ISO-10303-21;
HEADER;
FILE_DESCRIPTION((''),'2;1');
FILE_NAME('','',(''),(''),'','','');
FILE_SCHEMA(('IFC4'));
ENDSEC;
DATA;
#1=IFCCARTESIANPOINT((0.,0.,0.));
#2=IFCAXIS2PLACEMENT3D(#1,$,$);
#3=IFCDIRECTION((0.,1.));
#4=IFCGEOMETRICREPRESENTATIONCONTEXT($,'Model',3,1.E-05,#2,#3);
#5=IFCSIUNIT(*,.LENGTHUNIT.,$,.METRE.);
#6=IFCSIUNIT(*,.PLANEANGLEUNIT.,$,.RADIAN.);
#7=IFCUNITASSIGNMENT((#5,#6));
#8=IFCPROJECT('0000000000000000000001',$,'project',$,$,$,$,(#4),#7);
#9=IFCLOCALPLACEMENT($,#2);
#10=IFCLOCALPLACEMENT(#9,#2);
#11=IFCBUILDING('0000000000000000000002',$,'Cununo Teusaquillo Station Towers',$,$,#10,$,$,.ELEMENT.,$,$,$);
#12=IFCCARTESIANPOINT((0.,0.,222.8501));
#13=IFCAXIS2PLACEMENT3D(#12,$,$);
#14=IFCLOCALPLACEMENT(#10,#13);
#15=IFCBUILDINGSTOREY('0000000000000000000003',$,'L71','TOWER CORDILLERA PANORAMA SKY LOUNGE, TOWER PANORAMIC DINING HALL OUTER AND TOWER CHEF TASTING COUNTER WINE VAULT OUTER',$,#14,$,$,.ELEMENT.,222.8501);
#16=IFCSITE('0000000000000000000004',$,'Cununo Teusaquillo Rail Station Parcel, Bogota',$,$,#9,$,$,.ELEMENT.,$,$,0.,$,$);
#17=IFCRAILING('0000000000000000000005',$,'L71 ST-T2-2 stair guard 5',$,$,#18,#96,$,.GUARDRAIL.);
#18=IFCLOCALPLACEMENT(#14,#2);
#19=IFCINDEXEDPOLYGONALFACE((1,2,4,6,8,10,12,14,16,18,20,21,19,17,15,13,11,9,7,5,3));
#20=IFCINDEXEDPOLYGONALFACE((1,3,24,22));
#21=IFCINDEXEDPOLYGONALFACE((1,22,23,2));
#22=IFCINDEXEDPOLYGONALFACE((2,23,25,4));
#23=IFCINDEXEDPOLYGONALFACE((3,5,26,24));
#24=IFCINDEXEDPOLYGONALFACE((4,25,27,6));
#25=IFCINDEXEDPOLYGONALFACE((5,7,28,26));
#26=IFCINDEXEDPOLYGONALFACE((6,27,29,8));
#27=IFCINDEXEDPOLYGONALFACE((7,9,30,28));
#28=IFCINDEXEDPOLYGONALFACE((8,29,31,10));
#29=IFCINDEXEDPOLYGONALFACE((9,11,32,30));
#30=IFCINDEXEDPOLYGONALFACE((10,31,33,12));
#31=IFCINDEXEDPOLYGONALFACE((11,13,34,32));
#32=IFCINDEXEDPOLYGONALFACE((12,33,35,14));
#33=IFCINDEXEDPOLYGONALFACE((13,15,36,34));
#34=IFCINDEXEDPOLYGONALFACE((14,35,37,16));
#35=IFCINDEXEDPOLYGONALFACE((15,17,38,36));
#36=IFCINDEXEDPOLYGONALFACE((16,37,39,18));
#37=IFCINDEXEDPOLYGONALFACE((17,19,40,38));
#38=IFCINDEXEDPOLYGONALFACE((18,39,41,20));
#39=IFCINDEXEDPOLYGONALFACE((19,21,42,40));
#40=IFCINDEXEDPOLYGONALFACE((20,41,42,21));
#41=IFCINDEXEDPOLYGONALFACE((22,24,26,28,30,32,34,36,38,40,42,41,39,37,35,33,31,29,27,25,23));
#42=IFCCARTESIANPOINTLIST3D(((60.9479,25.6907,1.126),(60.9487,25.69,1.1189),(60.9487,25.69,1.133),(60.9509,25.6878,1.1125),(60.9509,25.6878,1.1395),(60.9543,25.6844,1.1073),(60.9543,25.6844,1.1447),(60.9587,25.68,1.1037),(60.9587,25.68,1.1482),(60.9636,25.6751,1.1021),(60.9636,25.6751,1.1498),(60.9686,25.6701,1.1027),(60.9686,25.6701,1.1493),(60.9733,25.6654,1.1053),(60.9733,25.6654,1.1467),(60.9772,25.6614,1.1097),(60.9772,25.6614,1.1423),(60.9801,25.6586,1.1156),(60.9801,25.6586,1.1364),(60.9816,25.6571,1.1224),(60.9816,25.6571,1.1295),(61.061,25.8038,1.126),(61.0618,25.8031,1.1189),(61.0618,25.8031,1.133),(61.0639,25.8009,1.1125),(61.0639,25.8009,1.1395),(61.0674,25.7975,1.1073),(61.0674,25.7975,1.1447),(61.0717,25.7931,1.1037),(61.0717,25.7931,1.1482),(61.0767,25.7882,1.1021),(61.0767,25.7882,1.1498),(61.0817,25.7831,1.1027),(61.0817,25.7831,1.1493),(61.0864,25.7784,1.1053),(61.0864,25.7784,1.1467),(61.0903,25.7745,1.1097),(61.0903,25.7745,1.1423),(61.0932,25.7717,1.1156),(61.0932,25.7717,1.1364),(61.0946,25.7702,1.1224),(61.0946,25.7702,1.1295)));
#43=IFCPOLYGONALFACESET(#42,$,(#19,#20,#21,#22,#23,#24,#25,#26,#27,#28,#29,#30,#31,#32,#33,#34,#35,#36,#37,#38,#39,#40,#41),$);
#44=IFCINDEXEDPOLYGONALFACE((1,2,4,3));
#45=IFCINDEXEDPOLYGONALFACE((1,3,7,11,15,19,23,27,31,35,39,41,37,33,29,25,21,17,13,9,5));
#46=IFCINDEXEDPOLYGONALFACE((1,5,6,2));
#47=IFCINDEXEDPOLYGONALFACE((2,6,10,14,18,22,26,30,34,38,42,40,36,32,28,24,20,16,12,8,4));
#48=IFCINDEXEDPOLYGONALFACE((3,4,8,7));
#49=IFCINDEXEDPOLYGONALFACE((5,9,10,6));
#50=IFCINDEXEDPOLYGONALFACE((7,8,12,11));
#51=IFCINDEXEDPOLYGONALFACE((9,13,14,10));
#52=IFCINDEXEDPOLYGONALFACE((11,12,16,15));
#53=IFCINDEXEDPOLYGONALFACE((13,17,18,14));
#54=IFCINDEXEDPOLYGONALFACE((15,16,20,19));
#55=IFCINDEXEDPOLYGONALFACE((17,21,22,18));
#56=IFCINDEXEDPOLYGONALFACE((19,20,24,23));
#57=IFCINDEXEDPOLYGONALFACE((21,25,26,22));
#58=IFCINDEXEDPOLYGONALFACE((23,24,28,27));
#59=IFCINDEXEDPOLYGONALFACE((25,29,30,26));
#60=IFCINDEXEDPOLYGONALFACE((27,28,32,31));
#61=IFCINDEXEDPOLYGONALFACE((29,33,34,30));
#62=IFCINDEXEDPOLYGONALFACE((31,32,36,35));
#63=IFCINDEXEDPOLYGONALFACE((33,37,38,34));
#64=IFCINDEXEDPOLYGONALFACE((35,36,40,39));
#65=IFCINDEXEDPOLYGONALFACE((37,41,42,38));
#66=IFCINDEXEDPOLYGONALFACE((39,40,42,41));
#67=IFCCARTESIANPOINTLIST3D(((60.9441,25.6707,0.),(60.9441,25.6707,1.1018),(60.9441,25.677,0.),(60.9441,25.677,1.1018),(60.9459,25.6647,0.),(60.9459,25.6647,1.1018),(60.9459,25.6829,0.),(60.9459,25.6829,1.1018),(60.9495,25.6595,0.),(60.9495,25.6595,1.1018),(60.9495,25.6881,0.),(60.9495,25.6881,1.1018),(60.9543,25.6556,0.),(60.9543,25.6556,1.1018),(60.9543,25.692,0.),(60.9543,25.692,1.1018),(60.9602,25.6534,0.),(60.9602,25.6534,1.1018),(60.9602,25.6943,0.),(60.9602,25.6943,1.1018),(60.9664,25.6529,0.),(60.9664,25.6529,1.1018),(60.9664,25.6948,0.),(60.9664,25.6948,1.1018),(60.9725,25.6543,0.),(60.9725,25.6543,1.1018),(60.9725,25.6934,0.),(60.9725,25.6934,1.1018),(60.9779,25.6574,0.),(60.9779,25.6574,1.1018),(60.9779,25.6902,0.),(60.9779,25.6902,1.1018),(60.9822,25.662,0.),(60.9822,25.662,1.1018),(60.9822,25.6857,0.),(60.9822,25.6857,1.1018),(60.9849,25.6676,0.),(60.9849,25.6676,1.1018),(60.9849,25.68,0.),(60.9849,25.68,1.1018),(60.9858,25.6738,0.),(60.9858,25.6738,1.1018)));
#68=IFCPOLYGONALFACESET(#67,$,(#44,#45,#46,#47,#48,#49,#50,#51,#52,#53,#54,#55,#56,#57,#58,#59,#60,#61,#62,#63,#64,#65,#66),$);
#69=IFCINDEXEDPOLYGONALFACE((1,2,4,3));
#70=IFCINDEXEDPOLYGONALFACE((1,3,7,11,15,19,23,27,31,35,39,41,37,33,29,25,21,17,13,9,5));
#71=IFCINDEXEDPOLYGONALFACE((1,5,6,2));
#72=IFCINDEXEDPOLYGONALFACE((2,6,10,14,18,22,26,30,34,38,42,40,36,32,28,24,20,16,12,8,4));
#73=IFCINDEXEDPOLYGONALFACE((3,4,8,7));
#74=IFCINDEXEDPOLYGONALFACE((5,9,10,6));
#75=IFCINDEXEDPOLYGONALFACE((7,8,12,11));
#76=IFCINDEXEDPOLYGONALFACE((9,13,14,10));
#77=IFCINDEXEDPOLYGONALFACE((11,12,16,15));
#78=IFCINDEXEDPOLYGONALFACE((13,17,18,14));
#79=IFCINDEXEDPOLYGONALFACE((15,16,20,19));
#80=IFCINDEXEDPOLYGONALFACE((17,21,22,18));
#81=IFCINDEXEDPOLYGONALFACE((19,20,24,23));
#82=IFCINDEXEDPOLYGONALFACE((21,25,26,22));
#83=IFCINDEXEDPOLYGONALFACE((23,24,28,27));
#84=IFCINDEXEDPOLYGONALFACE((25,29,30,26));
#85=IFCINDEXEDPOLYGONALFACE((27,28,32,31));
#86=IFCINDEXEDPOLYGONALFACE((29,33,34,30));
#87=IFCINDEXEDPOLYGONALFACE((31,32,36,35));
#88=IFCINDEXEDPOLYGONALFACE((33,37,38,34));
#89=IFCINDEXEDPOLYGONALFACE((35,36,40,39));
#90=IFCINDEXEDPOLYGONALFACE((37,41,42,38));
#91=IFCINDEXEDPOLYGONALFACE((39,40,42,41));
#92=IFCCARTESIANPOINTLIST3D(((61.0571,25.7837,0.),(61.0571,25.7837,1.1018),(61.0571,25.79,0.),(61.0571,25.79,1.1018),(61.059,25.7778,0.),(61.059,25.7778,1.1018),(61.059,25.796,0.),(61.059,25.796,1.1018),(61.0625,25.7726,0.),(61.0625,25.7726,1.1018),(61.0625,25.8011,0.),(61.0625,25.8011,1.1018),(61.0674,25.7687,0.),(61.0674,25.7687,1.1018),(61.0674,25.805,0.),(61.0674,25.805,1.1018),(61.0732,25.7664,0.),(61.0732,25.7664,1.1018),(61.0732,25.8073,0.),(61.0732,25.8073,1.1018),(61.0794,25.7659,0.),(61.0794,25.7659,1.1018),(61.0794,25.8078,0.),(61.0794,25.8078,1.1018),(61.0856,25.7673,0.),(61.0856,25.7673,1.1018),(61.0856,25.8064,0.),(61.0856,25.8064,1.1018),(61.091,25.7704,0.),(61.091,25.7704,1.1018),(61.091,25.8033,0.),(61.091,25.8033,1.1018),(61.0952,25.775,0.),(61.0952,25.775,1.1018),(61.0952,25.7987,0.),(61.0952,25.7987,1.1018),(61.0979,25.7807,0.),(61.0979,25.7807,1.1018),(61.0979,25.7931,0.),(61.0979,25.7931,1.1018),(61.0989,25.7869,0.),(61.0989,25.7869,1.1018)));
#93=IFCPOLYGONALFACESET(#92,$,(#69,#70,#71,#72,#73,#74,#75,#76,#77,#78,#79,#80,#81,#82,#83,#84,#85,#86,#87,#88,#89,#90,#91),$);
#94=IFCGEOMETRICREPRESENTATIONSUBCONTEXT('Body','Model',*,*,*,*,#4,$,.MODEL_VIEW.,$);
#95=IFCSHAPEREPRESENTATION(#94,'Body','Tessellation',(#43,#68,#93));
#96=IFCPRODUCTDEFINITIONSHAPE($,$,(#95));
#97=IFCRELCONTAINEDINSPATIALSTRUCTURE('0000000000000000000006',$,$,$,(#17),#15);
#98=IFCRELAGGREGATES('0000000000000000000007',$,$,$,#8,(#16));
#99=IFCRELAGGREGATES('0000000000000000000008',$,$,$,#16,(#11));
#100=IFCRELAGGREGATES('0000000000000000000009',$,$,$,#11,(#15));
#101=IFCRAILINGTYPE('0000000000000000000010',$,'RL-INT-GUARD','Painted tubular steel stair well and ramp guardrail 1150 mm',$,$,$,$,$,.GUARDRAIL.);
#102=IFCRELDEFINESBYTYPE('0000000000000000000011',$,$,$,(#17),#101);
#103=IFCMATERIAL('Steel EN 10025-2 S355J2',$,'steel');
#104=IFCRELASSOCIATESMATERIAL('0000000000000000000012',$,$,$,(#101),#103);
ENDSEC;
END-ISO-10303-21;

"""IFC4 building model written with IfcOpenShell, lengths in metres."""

from ifc_helpers import new_model, si_unit, direction, frame, origin, origin_2d, place, context, subcontext, project, spatial, circle, extrude, material, type_object, element, save


model = new_model("IFC4")

# Units and contexts
model_context = context("Model", 3, precision=1e-05, world=origin(), true_north=direction((0.0, 1.0)))
body_context = subcontext(model_context, "Body", "Model", "MODEL_VIEW")
ifc_project = project(units=[si_unit("LENGTHUNIT", "METRE"), si_unit("PLANEANGLEUNIT", "RADIAN")], contexts=[model_context])

# Site, building, storey
site_placement = place(None, origin())
site = spatial("IfcSite", under=ifc_project, at=site_placement, Name="Cununo Teusaquillo Rail Station Parcel, Bogota", CompositionType="ELEMENT", RefElevation=0.0)
building_placement = place(site_placement, origin())
building = spatial("IfcBuilding", under=site, at=building_placement, Name="Cununo Teusaquillo Station Towers", CompositionType="ELEMENT")
storey_placement = place(building_placement, frame((0.0, 0.0, 222.8501)))
storey = spatial("IfcBuildingStorey", under=building, at=storey_placement, Name="L71", Description="TOWER CORDILLERA PANORAMA SKY LOUNGE, TOWER PANORAMIC DINING HALL OUTER AND TOWER CHEF TASTING COUNTER WINE VAULT OUTER", CompositionType="ELEMENT", Elevation=222.8501)

# Railing
ifc_material_1 = material(Name="Steel EN 10025-2 S355J2", Category="steel")
railing_type_1 = type_object("IfcRailingType", Name="RL-INT-GUARD", Description="Painted tubular steel stair well and ramp guardrail 1150 mm", PredefinedType="GUARDRAIL", material=ifc_material_1)
railing_1_placement = place(storey_placement, frame((60.9648, 25.6738, 0.0)))
element("IfcRailing", 1, at=railing_1_placement, inside=storey, type_object=railing_type_1, Name="L71 ST-T2-2 stair guard 5", PredefinedType="GUARDRAIL", context=body_context, shape_type="SweptSolid", body=[
    extrude(circle(Radius=0.0239, at=origin_2d()), frame((0.0, 0.0, 1.126), z_axis=(0.707107, 0.707107, 0.0), x_axis=(-0.707107, 0.707107, 0.0)), (0.0, 0.0, 1.0), 0.1599),
    extrude(circle(Radius=0.021, at=origin_2d()), origin(), (0.0, 0.0, 1.0), 1.1018),
    extrude(circle(Radius=0.021, at=origin_2d()), frame((0.113, 0.113, 0.0)), (0.0, 0.0, 1.0), 1.1018),
])

save(model, "model.ifc")
